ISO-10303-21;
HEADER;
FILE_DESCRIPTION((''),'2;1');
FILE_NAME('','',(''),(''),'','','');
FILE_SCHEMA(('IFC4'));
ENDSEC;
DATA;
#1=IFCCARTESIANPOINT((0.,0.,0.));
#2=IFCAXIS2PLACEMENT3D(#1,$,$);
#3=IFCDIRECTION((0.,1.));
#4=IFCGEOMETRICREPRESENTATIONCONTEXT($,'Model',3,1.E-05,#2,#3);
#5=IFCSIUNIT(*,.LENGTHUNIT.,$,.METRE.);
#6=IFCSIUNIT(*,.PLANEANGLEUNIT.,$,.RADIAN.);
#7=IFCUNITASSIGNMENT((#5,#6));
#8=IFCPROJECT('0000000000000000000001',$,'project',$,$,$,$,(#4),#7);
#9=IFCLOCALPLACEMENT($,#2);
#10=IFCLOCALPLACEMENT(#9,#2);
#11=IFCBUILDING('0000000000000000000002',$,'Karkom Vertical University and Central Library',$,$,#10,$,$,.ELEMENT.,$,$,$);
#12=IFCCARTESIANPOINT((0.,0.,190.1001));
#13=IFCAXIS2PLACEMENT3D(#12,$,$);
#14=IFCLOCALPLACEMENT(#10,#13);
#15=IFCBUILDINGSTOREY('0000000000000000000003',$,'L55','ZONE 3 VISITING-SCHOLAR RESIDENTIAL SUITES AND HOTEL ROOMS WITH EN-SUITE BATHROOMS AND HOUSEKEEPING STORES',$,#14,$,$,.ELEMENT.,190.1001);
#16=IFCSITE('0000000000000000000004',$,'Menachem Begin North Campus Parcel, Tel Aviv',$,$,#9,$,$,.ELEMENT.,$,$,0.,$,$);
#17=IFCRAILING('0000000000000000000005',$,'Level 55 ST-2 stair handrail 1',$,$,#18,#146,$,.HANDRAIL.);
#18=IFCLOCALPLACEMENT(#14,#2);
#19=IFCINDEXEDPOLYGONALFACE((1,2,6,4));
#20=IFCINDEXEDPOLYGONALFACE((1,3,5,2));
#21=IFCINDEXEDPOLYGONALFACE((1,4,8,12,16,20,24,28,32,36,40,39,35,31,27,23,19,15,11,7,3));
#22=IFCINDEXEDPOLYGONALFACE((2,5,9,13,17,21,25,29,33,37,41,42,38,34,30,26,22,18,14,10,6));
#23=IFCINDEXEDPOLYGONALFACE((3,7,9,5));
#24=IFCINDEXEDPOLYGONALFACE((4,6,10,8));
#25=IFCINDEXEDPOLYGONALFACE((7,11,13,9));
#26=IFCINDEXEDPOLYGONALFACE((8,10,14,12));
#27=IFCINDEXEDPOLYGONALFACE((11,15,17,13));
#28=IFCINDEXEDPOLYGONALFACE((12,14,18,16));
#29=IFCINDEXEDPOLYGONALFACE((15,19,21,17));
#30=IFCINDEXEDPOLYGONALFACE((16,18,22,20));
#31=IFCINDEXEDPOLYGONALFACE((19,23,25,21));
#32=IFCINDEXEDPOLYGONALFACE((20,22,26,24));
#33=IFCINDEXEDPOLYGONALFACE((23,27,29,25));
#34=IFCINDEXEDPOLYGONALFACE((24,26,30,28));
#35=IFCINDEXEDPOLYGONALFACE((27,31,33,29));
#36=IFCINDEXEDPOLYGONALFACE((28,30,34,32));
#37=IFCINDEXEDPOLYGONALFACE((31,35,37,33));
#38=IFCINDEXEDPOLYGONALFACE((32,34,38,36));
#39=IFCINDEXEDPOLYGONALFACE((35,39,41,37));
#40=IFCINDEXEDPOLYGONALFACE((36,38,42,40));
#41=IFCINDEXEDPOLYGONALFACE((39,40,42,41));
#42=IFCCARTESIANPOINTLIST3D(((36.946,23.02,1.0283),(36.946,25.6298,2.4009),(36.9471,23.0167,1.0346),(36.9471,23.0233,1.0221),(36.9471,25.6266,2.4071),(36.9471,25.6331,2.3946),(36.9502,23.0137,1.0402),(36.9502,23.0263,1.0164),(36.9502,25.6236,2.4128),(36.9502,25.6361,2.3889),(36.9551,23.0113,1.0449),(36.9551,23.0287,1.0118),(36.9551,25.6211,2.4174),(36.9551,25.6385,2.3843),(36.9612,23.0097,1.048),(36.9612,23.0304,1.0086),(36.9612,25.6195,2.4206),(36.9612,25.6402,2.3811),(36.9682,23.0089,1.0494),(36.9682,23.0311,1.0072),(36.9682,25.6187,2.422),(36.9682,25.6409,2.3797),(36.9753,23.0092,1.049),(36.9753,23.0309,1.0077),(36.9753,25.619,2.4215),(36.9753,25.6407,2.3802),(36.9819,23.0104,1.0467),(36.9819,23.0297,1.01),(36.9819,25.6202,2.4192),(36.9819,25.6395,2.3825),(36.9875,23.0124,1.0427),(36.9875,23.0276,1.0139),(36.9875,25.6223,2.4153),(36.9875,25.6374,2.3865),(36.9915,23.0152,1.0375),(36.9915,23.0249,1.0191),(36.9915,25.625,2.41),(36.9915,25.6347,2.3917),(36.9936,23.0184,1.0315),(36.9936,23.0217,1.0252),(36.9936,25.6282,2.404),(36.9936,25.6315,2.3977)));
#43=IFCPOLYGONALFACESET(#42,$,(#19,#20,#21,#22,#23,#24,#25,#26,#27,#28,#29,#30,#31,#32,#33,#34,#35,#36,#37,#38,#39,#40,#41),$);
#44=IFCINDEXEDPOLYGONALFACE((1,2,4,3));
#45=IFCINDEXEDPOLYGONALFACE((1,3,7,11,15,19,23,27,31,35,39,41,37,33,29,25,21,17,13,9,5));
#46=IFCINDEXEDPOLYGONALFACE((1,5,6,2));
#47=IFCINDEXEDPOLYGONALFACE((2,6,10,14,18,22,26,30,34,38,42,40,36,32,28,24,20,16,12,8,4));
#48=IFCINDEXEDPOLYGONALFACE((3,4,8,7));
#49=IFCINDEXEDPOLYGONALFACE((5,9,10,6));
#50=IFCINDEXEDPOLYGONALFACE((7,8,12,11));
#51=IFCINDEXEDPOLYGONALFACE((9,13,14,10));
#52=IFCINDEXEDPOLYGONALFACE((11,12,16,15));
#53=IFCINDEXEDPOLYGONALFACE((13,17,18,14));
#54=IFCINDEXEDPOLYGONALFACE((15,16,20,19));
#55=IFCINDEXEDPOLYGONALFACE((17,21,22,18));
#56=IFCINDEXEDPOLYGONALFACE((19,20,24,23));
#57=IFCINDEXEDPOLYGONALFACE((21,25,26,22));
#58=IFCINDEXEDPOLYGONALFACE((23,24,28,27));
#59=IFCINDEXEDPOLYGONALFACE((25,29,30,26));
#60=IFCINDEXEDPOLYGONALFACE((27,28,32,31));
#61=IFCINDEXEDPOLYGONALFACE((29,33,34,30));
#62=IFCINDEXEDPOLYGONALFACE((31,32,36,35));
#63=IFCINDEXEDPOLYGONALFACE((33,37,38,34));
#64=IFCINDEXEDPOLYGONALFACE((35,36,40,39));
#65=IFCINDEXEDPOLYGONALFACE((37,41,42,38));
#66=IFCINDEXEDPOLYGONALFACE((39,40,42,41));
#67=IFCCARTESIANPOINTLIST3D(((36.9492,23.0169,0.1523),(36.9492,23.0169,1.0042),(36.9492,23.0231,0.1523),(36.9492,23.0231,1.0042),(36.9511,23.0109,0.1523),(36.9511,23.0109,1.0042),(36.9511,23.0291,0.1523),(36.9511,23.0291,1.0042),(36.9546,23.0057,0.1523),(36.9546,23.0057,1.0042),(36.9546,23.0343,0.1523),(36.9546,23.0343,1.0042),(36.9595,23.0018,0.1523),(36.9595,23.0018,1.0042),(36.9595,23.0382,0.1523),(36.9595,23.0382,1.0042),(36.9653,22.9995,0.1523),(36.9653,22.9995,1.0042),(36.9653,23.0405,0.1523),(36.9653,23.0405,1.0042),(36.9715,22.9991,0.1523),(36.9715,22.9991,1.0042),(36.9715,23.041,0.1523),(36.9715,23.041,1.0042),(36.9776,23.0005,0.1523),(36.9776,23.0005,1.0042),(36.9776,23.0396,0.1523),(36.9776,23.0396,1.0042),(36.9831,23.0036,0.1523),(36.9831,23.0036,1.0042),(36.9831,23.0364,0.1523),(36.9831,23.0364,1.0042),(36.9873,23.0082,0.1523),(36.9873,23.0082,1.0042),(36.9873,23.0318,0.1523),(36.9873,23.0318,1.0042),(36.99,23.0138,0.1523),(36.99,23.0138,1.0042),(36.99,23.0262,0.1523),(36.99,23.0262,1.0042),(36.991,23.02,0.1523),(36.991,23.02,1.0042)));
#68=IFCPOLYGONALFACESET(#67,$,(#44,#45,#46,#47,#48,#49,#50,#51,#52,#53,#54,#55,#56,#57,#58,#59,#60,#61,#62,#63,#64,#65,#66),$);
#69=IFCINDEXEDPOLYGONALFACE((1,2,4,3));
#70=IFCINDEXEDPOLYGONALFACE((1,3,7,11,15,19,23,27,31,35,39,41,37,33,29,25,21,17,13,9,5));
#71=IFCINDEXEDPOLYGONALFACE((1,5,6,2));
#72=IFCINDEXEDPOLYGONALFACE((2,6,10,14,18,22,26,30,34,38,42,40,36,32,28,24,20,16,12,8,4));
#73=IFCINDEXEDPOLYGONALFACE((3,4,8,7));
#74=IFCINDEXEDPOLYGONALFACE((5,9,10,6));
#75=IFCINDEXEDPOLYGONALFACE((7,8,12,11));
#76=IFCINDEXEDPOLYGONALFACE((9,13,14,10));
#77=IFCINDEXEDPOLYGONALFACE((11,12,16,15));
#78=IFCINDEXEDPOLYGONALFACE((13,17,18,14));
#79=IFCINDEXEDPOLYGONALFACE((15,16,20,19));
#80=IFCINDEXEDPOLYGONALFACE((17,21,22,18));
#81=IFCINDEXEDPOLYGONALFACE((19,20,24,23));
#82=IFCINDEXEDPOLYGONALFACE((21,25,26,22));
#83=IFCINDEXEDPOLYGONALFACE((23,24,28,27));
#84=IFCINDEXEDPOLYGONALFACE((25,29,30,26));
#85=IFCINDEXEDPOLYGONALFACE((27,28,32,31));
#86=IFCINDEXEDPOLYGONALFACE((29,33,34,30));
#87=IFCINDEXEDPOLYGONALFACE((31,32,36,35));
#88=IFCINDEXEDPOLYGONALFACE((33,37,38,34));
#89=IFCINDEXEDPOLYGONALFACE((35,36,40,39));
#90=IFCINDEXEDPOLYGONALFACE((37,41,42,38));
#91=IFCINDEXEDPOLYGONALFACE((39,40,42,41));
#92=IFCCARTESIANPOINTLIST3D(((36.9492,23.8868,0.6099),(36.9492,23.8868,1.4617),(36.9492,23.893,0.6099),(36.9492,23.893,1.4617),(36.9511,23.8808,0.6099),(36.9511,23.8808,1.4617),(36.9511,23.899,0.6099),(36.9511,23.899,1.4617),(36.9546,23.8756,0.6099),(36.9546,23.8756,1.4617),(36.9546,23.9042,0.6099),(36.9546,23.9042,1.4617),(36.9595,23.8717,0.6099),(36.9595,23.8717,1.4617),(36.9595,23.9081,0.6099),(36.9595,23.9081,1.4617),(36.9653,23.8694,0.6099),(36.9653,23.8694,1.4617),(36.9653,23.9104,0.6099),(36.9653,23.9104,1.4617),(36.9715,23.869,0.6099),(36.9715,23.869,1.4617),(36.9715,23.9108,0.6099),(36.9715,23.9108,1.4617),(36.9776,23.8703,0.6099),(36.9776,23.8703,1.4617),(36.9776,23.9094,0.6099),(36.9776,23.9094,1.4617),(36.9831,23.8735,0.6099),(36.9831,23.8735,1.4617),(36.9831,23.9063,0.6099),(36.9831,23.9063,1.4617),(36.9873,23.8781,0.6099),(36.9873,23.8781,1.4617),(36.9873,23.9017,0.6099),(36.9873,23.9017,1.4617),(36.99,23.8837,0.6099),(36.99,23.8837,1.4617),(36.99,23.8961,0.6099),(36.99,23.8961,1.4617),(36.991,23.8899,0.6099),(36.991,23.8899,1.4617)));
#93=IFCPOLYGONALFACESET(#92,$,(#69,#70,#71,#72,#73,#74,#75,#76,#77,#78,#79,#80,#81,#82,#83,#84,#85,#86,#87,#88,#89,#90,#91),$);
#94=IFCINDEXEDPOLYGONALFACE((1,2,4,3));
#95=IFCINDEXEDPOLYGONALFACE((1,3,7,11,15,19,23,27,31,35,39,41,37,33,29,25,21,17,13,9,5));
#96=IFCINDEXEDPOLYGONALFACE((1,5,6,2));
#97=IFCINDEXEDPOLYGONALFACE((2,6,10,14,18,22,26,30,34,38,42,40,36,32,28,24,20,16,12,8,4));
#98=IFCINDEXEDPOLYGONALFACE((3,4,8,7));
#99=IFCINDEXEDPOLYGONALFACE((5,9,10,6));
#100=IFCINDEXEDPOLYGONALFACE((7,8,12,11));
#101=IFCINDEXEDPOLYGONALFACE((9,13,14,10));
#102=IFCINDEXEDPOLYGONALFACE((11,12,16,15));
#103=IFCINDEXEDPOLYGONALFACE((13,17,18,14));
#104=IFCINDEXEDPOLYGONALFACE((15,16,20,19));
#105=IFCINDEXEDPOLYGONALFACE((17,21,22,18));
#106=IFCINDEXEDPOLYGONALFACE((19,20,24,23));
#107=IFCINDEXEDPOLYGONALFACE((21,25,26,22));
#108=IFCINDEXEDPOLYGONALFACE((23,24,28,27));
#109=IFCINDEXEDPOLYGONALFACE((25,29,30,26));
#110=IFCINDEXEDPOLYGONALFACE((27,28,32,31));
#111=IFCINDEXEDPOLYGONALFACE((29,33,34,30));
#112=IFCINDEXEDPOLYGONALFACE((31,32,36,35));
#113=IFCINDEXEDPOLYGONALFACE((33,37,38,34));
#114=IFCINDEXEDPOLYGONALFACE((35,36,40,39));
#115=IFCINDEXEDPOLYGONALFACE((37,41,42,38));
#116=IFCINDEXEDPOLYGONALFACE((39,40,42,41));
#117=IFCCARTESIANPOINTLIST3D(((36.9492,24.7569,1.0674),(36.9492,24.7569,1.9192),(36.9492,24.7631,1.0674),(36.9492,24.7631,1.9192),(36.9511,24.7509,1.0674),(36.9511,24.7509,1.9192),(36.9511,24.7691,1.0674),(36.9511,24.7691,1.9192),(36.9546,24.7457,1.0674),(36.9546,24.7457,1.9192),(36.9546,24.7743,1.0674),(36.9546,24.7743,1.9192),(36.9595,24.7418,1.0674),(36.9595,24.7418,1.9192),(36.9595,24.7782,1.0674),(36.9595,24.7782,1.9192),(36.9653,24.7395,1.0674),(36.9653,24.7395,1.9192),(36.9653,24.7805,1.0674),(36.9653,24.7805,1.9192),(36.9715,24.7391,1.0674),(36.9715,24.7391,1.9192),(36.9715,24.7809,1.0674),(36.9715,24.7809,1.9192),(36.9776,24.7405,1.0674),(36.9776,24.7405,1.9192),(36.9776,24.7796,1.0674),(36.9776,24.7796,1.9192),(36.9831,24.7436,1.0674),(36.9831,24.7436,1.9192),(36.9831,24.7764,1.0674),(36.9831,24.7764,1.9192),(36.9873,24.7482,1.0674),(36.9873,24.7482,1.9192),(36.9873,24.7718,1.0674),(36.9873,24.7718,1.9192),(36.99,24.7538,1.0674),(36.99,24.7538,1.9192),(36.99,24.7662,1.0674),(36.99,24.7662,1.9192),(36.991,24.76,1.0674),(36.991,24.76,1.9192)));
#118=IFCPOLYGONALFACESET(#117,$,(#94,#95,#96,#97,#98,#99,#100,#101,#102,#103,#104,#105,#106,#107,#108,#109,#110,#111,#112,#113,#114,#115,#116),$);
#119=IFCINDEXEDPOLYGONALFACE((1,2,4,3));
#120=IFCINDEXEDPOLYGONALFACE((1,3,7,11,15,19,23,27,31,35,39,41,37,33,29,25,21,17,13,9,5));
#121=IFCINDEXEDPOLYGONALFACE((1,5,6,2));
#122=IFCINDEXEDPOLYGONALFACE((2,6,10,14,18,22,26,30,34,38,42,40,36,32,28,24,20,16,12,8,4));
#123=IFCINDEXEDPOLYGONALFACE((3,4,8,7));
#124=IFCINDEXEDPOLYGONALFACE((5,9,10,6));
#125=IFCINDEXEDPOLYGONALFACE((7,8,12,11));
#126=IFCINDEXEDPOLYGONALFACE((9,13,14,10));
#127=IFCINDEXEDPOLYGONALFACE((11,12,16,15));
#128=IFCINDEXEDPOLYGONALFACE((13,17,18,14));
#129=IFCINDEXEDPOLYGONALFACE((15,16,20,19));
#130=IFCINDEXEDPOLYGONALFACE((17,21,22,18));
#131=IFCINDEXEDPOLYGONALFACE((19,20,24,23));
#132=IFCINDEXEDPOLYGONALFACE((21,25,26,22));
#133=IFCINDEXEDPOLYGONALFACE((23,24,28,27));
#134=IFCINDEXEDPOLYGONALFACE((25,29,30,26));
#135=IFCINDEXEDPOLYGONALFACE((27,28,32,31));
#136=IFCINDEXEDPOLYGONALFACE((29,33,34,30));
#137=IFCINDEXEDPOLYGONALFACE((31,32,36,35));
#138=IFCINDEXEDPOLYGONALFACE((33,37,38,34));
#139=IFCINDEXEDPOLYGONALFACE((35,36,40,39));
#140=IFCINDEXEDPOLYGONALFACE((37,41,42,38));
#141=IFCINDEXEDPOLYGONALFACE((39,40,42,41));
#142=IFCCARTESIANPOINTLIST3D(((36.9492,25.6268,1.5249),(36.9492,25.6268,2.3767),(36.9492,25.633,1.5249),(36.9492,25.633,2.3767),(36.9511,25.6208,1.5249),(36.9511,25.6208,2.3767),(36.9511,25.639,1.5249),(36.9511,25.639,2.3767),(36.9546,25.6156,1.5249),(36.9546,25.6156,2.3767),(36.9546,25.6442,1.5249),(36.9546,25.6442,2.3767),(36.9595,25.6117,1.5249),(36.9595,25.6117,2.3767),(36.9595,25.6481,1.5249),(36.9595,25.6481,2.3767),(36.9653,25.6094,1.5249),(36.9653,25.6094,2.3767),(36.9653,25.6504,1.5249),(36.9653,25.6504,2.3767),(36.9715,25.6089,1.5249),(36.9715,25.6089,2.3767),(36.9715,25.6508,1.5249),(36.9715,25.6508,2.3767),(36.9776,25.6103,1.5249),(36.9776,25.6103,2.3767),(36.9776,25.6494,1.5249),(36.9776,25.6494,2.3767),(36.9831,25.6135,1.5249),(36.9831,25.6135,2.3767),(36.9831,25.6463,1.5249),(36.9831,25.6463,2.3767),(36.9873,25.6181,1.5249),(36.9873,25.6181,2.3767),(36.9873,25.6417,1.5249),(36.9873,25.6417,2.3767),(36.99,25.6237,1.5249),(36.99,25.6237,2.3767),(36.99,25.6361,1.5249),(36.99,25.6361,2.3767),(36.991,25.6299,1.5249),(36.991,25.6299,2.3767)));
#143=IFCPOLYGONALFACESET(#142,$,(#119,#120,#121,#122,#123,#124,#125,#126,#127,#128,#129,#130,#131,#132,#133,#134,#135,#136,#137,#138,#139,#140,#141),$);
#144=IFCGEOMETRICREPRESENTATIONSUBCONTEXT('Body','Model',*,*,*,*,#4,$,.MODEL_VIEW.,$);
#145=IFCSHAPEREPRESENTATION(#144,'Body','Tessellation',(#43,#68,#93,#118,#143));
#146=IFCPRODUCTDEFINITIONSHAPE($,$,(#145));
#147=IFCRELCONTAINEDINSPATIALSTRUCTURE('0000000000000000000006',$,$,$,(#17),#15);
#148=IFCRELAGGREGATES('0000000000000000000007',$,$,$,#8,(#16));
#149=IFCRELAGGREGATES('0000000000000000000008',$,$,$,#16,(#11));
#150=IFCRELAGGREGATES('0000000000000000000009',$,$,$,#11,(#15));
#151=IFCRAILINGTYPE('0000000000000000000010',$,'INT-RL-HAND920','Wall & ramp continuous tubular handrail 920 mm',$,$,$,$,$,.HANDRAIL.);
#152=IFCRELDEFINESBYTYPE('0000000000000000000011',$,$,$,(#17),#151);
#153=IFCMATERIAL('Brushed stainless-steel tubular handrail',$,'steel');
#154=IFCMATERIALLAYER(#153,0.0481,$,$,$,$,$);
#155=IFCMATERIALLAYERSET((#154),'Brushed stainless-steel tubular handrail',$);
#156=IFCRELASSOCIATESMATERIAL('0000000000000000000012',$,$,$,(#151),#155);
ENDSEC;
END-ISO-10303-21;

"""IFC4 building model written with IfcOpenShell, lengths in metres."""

from ifc_helpers import new_model, si_unit, direction, frame, origin, origin_2d, place, context, subcontext, project, spatial, circle, extrude, material, layer, layer_set, type_object, element, save


model = new_model("IFC4")

# Units and contexts
model_context = context("Model", 3, precision=1e-05, world=origin(), true_north=direction((0.0, 1.0)))
body_context = subcontext(model_context, "Body", "Model", "MODEL_VIEW")
ifc_project = project(units=[si_unit("LENGTHUNIT", "METRE"), si_unit("PLANEANGLEUNIT", "RADIAN")], contexts=[model_context])

# Site, building, storey
site_placement = place(None, origin())
site = spatial("IfcSite", under=ifc_project, at=site_placement, Name="Menachem Begin North Campus Parcel, Tel Aviv", CompositionType="ELEMENT", RefElevation=0.0)
building_placement = place(site_placement, origin())
building = spatial("IfcBuilding", under=site, at=building_placement, Name="Karkom Vertical University and Central Library", CompositionType="ELEMENT")
storey_placement = place(building_placement, frame((0.0, 0.0, 190.1001)))
storey = spatial("IfcBuildingStorey", under=building, at=storey_placement, Name="L55", Description="ZONE 3 VISITING-SCHOLAR RESIDENTIAL SUITES AND HOTEL ROOMS WITH EN-SUITE BATHROOMS AND HOUSEKEEPING STORES", CompositionType="ELEMENT", Elevation=190.1001)

# Railing
ifc_material_1 = material(Name="Brushed stainless-steel tubular handrail", Category="steel")
ifc_layer_1 = layer(ifc_material_1, 0.0481)
ifc_layer_set_1 = layer_set([ifc_layer_1], Name="Brushed stainless-steel tubular handrail")
railing_type_1 = type_object("IfcRailingType", Name="INT-RL-HAND920", Description="Wall & ramp continuous tubular handrail 920 mm", PredefinedType="HANDRAIL", material=ifc_layer_set_1)
railing_1_placement = place(storey_placement, frame((36.97, 23.02, 0.1523)))
element("IfcRailing", 1, at=railing_1_placement, inside=storey, type_object=railing_type_1, Name="Level 55 ST-2 stair handrail 1", PredefinedType="HANDRAIL", context=body_context, shape_type="SweptSolid", body=[
    extrude(circle(Radius=0.0239, at=origin_2d()), frame((0.0, 0.0, 0.876), z_axis=(0.0, 0.885065, 0.465467), x_axis=(-1.0, 0.0, 0.0)), (0.0, 0.0, 1.0), 2.9487),
    extrude(circle(Radius=0.021, at=origin_2d()), origin(), (0.0, 0.0, 1.0), 0.8518),
    extrude(circle(Radius=0.021, at=origin_2d()), frame((0.0, 0.8699, 0.4575)), (0.0, 0.0, 1.0), 0.8518),
    extrude(circle(Radius=0.021, at=origin_2d()), frame((0.0, 1.74, 0.915)), (0.0, 0.0, 1.0), 0.8518),
    extrude(circle(Radius=0.021, at=origin_2d()), frame((0.0, 2.6099, 1.3726)), (0.0, 0.0, 1.0), 0.8518),
])

save(model, "model.ifc")
